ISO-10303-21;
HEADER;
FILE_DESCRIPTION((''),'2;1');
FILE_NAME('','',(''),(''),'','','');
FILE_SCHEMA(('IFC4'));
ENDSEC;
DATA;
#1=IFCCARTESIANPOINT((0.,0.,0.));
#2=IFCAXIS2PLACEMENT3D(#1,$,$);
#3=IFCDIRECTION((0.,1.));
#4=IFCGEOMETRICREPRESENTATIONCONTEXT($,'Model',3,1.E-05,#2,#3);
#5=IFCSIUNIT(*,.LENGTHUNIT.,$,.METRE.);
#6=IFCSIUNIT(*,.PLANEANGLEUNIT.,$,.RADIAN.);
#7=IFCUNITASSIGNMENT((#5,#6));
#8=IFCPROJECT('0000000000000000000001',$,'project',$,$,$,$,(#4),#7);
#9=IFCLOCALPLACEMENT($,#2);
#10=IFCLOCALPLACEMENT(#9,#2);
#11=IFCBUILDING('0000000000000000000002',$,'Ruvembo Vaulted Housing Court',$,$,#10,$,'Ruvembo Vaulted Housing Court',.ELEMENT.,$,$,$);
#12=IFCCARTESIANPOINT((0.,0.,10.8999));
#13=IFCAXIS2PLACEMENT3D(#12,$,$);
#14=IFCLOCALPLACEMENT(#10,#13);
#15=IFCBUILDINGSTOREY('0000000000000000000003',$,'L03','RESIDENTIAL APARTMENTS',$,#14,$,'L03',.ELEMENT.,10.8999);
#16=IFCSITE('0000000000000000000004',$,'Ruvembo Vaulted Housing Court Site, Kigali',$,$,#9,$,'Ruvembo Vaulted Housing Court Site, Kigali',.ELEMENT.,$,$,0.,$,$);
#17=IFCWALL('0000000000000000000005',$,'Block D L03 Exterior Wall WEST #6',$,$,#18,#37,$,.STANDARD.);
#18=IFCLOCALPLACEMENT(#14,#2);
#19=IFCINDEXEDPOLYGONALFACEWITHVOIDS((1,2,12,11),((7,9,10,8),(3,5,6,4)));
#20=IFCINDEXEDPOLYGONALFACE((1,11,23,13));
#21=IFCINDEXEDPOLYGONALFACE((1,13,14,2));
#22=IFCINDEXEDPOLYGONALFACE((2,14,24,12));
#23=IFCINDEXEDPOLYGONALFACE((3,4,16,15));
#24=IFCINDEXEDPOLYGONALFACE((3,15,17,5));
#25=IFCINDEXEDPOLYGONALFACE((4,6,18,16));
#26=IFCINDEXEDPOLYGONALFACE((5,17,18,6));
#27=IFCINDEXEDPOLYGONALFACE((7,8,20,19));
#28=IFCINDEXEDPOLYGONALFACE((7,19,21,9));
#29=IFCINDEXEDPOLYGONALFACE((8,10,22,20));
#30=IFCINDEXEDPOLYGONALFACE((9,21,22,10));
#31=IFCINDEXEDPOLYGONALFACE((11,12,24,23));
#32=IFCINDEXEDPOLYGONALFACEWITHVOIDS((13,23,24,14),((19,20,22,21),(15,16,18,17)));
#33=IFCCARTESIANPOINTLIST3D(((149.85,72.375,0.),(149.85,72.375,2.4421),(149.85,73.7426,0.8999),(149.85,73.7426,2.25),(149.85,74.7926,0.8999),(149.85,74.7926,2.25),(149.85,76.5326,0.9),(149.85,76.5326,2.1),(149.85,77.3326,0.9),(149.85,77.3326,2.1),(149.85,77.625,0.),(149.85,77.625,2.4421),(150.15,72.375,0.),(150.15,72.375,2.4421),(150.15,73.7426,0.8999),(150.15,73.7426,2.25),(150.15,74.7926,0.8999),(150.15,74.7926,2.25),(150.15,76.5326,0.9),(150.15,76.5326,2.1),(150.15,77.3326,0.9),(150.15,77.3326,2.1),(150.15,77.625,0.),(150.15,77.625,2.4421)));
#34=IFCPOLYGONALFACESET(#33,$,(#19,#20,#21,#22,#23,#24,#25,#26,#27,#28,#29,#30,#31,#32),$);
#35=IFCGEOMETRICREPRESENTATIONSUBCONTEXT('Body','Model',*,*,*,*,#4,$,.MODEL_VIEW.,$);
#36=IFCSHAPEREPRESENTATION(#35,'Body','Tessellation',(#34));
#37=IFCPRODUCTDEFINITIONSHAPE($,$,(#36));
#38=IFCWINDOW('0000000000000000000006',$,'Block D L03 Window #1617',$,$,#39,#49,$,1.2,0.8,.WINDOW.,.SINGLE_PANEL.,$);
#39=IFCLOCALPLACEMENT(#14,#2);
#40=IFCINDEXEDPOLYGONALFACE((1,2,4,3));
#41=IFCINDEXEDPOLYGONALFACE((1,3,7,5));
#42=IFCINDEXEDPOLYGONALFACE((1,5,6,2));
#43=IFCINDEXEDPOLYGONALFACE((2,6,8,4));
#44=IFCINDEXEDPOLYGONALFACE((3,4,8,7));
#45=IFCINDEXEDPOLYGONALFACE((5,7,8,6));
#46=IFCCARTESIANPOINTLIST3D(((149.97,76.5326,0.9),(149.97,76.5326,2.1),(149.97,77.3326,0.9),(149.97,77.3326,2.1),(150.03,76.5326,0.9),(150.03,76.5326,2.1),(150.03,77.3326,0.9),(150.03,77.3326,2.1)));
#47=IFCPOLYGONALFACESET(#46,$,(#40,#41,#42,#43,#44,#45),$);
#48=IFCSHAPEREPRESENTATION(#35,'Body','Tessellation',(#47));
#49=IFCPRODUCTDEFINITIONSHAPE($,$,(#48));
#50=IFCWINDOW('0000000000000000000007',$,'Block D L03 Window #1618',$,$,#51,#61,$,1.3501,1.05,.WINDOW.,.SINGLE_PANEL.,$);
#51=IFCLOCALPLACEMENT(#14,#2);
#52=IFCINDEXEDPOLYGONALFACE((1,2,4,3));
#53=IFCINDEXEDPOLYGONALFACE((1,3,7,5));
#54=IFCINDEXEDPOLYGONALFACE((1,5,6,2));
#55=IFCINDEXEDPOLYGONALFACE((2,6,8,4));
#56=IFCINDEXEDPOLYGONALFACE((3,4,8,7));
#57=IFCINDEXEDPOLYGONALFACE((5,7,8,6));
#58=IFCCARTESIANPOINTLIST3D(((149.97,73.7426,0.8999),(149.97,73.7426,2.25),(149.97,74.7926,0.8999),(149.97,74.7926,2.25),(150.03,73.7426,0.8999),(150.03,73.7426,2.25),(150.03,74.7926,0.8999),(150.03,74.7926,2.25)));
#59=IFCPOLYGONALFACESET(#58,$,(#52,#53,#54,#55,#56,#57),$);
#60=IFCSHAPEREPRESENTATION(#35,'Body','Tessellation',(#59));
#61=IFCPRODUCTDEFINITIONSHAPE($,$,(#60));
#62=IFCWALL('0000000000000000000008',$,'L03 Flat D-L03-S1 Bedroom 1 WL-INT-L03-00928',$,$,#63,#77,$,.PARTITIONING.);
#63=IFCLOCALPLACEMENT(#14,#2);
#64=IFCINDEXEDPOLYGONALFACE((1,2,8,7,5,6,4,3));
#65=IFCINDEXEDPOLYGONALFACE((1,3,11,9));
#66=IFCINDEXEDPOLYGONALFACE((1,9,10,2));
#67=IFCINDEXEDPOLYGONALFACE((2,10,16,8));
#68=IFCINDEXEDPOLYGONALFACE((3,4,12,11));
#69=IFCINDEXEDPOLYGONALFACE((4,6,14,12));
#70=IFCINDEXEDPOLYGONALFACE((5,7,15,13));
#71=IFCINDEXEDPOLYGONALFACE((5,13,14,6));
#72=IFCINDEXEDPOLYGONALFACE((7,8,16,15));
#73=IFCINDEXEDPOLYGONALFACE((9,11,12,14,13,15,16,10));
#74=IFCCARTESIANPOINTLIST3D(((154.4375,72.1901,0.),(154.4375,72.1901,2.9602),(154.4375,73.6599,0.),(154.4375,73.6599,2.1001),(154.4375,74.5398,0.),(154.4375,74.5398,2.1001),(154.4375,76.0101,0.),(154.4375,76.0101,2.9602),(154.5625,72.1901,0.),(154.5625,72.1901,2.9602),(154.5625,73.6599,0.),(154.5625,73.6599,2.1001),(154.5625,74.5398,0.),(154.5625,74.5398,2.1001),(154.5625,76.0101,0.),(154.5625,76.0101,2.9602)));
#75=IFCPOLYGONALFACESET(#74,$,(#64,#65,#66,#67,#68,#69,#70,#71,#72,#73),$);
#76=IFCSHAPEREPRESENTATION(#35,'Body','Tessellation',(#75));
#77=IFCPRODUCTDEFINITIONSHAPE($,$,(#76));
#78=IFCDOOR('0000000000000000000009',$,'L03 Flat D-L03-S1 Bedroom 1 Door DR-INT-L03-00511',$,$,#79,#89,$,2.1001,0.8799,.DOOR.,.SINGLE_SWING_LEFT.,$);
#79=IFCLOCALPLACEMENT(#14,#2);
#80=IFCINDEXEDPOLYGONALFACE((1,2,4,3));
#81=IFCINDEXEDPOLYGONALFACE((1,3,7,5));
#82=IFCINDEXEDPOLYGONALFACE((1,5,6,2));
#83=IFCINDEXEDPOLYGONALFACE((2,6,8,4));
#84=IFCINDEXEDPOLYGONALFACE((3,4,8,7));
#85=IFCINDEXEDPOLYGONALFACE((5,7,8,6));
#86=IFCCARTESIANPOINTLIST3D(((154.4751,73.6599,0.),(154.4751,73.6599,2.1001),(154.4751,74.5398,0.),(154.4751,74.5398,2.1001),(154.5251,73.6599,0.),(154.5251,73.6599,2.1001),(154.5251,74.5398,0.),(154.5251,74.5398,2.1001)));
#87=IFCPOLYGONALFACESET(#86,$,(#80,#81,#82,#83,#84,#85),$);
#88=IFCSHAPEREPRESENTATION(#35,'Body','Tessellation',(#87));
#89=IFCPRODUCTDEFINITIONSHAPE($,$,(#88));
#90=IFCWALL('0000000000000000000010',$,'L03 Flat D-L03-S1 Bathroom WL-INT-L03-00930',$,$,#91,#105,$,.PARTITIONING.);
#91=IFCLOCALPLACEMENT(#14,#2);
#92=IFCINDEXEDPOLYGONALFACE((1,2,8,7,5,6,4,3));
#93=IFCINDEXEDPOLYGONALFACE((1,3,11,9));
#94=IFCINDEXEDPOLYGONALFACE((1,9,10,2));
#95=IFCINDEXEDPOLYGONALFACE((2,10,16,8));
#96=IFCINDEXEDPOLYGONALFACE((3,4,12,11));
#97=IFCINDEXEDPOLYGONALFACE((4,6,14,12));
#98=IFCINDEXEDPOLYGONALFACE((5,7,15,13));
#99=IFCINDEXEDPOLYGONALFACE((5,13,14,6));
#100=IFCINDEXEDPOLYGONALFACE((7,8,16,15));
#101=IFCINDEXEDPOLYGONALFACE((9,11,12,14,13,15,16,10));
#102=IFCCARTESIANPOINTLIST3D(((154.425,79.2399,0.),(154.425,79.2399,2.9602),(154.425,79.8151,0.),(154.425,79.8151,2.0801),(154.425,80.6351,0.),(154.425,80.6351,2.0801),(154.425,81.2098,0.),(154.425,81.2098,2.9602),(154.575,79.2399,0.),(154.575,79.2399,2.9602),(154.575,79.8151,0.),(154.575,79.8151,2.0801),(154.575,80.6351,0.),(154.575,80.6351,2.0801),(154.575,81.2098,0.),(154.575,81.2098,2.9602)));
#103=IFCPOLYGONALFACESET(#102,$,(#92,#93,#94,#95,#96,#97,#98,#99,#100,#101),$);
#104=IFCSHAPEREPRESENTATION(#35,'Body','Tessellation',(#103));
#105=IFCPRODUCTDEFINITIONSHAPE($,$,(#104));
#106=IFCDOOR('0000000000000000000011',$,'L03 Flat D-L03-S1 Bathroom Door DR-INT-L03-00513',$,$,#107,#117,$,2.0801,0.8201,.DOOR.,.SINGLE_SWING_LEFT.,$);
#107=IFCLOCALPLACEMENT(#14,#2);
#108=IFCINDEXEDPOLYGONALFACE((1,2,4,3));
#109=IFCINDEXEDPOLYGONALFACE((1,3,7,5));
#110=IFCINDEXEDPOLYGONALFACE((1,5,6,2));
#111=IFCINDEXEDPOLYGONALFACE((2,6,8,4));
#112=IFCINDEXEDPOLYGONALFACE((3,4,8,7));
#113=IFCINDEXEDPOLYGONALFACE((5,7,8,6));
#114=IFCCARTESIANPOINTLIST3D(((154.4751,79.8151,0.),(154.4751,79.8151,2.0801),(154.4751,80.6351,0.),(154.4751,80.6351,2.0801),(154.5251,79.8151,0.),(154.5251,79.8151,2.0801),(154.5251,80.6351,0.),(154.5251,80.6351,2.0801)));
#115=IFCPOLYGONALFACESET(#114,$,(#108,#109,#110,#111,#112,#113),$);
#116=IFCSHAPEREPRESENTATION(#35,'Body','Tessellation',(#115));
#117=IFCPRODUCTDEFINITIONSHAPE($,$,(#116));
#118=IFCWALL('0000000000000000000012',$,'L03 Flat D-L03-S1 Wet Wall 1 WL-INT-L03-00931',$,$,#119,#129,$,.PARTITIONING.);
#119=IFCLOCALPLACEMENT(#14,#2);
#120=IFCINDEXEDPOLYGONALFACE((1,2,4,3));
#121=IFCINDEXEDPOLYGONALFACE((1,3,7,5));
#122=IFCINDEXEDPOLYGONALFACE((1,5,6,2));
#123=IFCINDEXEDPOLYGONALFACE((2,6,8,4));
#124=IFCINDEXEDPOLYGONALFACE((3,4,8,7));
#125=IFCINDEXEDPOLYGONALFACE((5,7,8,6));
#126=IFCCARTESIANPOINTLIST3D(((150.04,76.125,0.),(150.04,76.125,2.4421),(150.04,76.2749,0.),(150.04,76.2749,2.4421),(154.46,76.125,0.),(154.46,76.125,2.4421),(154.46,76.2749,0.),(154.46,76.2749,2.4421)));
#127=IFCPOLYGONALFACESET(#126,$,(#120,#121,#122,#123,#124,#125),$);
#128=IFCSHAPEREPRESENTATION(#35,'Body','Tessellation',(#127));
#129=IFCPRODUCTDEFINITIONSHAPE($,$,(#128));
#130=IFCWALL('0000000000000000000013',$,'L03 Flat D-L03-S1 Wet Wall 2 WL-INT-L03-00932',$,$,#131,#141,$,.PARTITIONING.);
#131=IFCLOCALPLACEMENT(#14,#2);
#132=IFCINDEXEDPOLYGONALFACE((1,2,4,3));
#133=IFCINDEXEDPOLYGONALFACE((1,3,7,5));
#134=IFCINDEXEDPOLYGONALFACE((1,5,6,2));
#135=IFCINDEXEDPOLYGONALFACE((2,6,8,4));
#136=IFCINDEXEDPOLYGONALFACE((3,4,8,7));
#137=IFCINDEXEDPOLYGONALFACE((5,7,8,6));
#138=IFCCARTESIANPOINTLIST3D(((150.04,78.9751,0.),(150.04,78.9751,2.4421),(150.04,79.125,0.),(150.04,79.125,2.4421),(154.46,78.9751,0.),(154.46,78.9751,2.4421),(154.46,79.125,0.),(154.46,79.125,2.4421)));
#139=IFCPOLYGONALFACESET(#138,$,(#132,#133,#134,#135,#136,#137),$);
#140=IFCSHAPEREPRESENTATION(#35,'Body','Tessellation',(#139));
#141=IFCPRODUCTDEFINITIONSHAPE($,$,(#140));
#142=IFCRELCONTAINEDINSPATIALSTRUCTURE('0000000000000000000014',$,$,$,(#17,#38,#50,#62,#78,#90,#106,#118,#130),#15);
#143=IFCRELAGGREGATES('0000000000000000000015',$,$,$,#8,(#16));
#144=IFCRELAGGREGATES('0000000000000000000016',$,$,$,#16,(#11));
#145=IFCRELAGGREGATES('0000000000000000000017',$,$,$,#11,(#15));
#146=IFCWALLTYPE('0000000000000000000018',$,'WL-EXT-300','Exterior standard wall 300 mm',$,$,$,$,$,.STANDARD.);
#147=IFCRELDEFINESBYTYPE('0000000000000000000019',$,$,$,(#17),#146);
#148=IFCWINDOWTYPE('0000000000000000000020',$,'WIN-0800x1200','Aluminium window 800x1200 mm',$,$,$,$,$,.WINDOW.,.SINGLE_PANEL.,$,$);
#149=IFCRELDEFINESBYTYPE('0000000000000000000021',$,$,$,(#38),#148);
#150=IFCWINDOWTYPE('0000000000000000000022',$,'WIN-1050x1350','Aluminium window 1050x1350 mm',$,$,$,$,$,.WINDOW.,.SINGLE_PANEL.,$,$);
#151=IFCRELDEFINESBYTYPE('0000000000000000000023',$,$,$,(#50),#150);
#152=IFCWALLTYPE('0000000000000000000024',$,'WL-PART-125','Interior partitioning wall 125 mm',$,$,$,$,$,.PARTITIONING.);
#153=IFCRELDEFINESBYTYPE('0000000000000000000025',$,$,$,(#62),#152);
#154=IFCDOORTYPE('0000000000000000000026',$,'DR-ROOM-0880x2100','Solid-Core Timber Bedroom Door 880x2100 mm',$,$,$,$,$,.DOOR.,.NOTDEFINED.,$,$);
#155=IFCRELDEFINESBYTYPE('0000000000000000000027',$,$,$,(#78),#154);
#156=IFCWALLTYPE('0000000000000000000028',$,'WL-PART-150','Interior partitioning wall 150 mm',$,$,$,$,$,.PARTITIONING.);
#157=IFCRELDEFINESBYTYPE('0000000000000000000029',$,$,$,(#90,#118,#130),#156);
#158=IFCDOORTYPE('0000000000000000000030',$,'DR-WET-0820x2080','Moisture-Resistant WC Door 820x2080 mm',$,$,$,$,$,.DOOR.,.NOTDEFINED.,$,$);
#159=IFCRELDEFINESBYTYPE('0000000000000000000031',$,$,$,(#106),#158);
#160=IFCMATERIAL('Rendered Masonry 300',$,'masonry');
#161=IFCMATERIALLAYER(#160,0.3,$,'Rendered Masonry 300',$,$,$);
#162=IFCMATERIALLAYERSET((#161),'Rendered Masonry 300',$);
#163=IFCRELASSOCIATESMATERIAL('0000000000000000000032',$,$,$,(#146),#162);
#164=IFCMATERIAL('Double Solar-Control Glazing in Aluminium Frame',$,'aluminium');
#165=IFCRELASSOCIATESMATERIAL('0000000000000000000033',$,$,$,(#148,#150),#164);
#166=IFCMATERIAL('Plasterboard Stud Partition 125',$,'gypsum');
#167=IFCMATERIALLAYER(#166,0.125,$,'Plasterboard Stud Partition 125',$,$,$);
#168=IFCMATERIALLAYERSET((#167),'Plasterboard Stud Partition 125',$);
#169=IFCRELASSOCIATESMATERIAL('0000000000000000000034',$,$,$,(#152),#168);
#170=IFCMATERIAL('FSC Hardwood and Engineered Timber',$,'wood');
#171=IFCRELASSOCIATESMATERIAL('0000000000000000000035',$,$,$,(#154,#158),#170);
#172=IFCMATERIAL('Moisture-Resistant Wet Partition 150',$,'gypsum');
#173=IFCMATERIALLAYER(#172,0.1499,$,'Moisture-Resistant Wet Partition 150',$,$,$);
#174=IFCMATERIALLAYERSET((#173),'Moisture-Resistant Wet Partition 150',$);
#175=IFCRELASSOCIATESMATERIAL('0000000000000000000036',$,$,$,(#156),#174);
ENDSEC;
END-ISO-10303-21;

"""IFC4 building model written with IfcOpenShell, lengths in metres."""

from ifc_helpers import new_model, si_unit, direction, frame, frame_2d, origin, place, context, subcontext, project, spatial, rectangle, extrude, material, layer, layer_set, type_object, element, fill, save


model = new_model("IFC4")

# Units and contexts
model_context = context("Model", 3, precision=1e-05, world=origin(), true_north=direction((0.0, 1.0)))
body_context = subcontext(model_context, "Body", "Model", "MODEL_VIEW")
ifc_project = project(units=[si_unit("LENGTHUNIT", "METRE"), si_unit("PLANEANGLEUNIT", "RADIAN")], contexts=[model_context])

# Site, building, storey
site_placement = place(None, origin())
site = spatial("IfcSite", under=ifc_project, at=site_placement, Name="Ruvembo Vaulted Housing Court Site, Kigali", LongName="Ruvembo Vaulted Housing Court Site, Kigali", CompositionType="ELEMENT", RefElevation=0.0)
building_placement = place(site_placement, origin())
building = spatial("IfcBuilding", under=site, at=building_placement, Name="Ruvembo Vaulted Housing Court", LongName="Ruvembo Vaulted Housing Court", CompositionType="ELEMENT")
storey_placement = place(building_placement, frame((0.0, 0.0, 10.8999)))
storey = spatial("IfcBuildingStorey", under=building, at=storey_placement, Name="L03", Description="RESIDENTIAL APARTMENTS", LongName="L03", CompositionType="ELEMENT", Elevation=10.8999)

# Shared definitions
ifc_material_1 = material(Name="FSC Hardwood and Engineered Timber", Category="wood")

# Wall, openings, windows
ifc_material_2 = material(Name="Rendered Masonry 300", Category="masonry")
ifc_layer_1 = layer(ifc_material_2, 0.3, Name="Rendered Masonry 300")
ifc_layer_set_1 = layer_set([ifc_layer_1], Name="Rendered Masonry 300")
wall_type_1 = type_object("IfcWallType", Name="WL-EXT-300", Description="Exterior standard wall 300 mm", PredefinedType="STANDARD", material=ifc_layer_set_1)
ifc_material_3 = material(Name="Double Solar-Control Glazing in Aluminium Frame", Category="aluminium")
wall_1_placement = place(storey_placement, frame((150.0, 77.625, 0.0), z_axis=(0.0, 0.0, 1.0), x_axis=(0.0, -1.0, 0.0)))
wall_1 = element("IfcWall", 1, at=wall_1_placement, inside=storey, type_object=wall_type_1, Name="Block D L03 Exterior Wall WEST #6", PredefinedType="STANDARD", context=body_context, shape_type="SweptSolid", body=[
    extrude(rectangle(XDim=5.25, YDim=0.3, at=frame_2d((2.625, 0.0))), origin(), (0.0, 0.0, 1.0), 2.4421),
])
opening_1_placement = place(wall_1_placement, frame((0.2925, 0.0, 0.8999)))
opening_1 = element("IfcOpeningElement", 2, at=opening_1_placement, cuts=wall_1, PredefinedType="OPENING", context=body_context, shape_type="SweptSolid", body=[
    extrude(rectangle(XDim=0.8, YDim=1.2, at=frame_2d((0.3999, 0.6001))), frame((0.0, 0.1599, 0.0), z_axis=(0.0, -1.0, 0.0), x_axis=(1.0, 0.0, 0.0)), (0.0, 0.0, 1.0), 0.3201),
])
opening_2_placement = place(wall_1_placement, frame((2.8325, 0.0, 0.8999)))
opening_2 = element("IfcOpeningElement", 3, at=opening_2_placement, cuts=wall_1, PredefinedType="OPENING", context=body_context, shape_type="SweptSolid", body=[
    extrude(rectangle(XDim=1.05, YDim=1.3501, at=frame_2d((0.5249, 0.675))), frame((0.0, 0.1599, 0.0), z_axis=(0.0, -1.0, 0.0), x_axis=(1.0, 0.0, 0.0)), (0.0, 0.0, 1.0), 0.3201),
])
window_type_1 = type_object("IfcWindowType", Name="WIN-0800x1200", Description="Aluminium window 800x1200 mm", PartitioningType="SINGLE_PANEL", PredefinedType="WINDOW", material=ifc_material_3)
window_1_placement = place(opening_1_placement, origin())
window_1 = element("IfcWindow", 4, at=window_1_placement, inside=storey, type_object=window_type_1, Name="Block D L03 Window #1617", OverallHeight=1.2, OverallWidth=0.8, PartitioningType="SINGLE_PANEL", PredefinedType="WINDOW", context=body_context, shape_type="SweptSolid", body=[
    extrude(rectangle(XDim=0.8, YDim=1.2, at=frame_2d((0.3999, 0.6001))), frame((0.0, 0.03, 0.0), z_axis=(0.0, -1.0, 0.0), x_axis=(1.0, 0.0, 0.0)), (0.0, 0.0, 1.0), 0.0601),
])
fill(opening_1, window_1)
window_type_2 = type_object("IfcWindowType", Name="WIN-1050x1350", Description="Aluminium window 1050x1350 mm", PartitioningType="SINGLE_PANEL", PredefinedType="WINDOW", material=ifc_material_3)
window_2_placement = place(opening_2_placement, origin())
window_2 = element("IfcWindow", 5, at=window_2_placement, inside=storey, type_object=window_type_2, Name="Block D L03 Window #1618", OverallHeight=1.3501, OverallWidth=1.05, PartitioningType="SINGLE_PANEL", PredefinedType="WINDOW", context=body_context, shape_type="SweptSolid", body=[
    extrude(rectangle(XDim=1.05, YDim=1.3501, at=frame_2d((0.5249, 0.675))), frame((0.0, 0.03, 0.0), z_axis=(0.0, -1.0, 0.0), x_axis=(1.0, 0.0, 0.0)), (0.0, 0.0, 1.0), 0.0601),
])
fill(opening_2, window_2)

# Walls, openings, doors
ifc_material_4 = material(Name="Plasterboard Stud Partition 125", Category="gypsum")
ifc_layer_2 = layer(ifc_material_4, 0.125, Name="Plasterboard Stud Partition 125")
ifc_layer_set_2 = layer_set([ifc_layer_2], Name="Plasterboard Stud Partition 125")
wall_type_2 = type_object("IfcWallType", Name="WL-PART-125", Description="Interior partitioning wall 125 mm", PredefinedType="PARTITIONING", material=ifc_layer_set_2)
wall_2_placement = place(storey_placement, frame((154.5, 72.1899, 0.0), z_axis=(0.0, 0.0, 1.0), x_axis=(0.0, 1.0, 0.0)))
wall_2 = element("IfcWall", 6, at=wall_2_placement, inside=storey, type_object=wall_type_2, Name="L03 Flat D-L03-S1 Bedroom 1 WL-INT-L03-00928", PredefinedType="PARTITIONING", context=body_context, shape_type="SweptSolid", body=[
    extrude(rectangle(XDim=3.8201, YDim=0.125, at=frame_2d((1.9102, 0.0))), origin(), (0.0, 0.0, 1.0), 2.9602),
])
opening_3_placement = place(wall_2_placement, frame((1.47, 0.0, 0.0)))
opening_3 = element("IfcOpeningElement", 7, at=opening_3_placement, cuts=wall_2, PredefinedType="OPENING", context=body_context, shape_type="SweptSolid", body=[
    extrude(rectangle(XDim=0.8799, YDim=2.1001, at=frame_2d((0.4399, 1.05))), frame((0.0, 0.0725, 0.0), z_axis=(0.0, -1.0, 0.0), x_axis=(1.0, 0.0, 0.0)), (0.0, 0.0, 1.0), 0.145),
])
door_type_1 = type_object("IfcDoorType", Name="DR-ROOM-0880x2100", Description="Solid-Core Timber Bedroom Door 880x2100 mm", OperationType="NOTDEFINED", PredefinedType="DOOR", material=ifc_material_1)
door_1_placement = place(opening_3_placement, origin())
door_1 = element("IfcDoor", 8, at=door_1_placement, inside=storey, type_object=door_type_1, Name="L03 Flat D-L03-S1 Bedroom 1 Door DR-INT-L03-00511", OperationType="SINGLE_SWING_LEFT", OverallHeight=2.1001, OverallWidth=0.8799, PredefinedType="DOOR", context=body_context, shape_type="SweptSolid", body=[
    extrude(rectangle(XDim=0.8799, YDim=2.1001, at=frame_2d((0.4399, 1.05))), frame((0.0, 0.0249, 0.0), z_axis=(0.0, -1.0, 0.0), x_axis=(1.0, 0.0, 0.0)), (0.0, 0.0, 1.0), 0.05),
])
fill(opening_3, door_1)
ifc_material_5 = material(Name="Moisture-Resistant Wet Partition 150", Category="gypsum")
ifc_layer_3 = layer(ifc_material_5, 0.1499, Name="Moisture-Resistant Wet Partition 150")
ifc_layer_set_3 = layer_set([ifc_layer_3], Name="Moisture-Resistant Wet Partition 150")
wall_type_3 = type_object("IfcWallType", Name="WL-PART-150", Description="Interior partitioning wall 150 mm", PredefinedType="PARTITIONING", material=ifc_layer_set_3)
wall_3_placement = place(storey_placement, frame((154.5, 79.24, 0.0), z_axis=(0.0, 0.0, 1.0), x_axis=(0.0, 1.0, 0.0)))
wall_3 = element("IfcWall", 9, at=wall_3_placement, inside=storey, type_object=wall_type_3, Name="L03 Flat D-L03-S1 Bathroom WL-INT-L03-00930", PredefinedType="PARTITIONING", context=body_context, shape_type="SweptSolid", body=[
    extrude(rectangle(XDim=1.97, YDim=0.1499, at=frame_2d((0.9849, 0.0))), origin(), (0.0, 0.0, 1.0), 2.9602),
])
opening_4_placement = place(wall_3_placement, frame((0.575, 0.0, 0.0)))
opening_4 = element("IfcOpeningElement", 10, at=opening_4_placement, cuts=wall_3, PredefinedType="OPENING", context=body_context, shape_type="SweptSolid", body=[
    extrude(rectangle(XDim=0.8201, YDim=2.0801, at=frame_2d((0.4102, 1.04))), frame((0.0, 0.085, 0.0), z_axis=(0.0, -1.0, 0.0), x_axis=(1.0, 0.0, 0.0)), (0.0, 0.0, 1.0), 0.1699),
])
door_type_2 = type_object("IfcDoorType", Name="DR-WET-0820x2080", Description="Moisture-Resistant WC Door 820x2080 mm", OperationType="NOTDEFINED", PredefinedType="DOOR", material=ifc_material_1)
door_2_placement = place(opening_4_placement, origin())
door_2 = element("IfcDoor", 11, at=door_2_placement, inside=storey, type_object=door_type_2, Name="L03 Flat D-L03-S1 Bathroom Door DR-INT-L03-00513", OperationType="SINGLE_SWING_LEFT", OverallHeight=2.0801, OverallWidth=0.8201, PredefinedType="DOOR", context=body_context, shape_type="SweptSolid", body=[
    extrude(rectangle(XDim=0.8201, YDim=2.0801, at=frame_2d((0.4102, 1.04))), frame((0.0, 0.0249, 0.0), z_axis=(0.0, -1.0, 0.0), x_axis=(1.0, 0.0, 0.0)), (0.0, 0.0, 1.0), 0.05),
])
fill(opening_4, door_2)

# Walls
for number, where, z_axis, x_axis, name in (
    (12, (150.04, 76.2, 0.0), (0.0, 0.0, 1.0), (1.0, 0.0, 0.0), "L03 Flat D-L03-S1 Wet Wall 1 WL-INT-L03-00931"),
    (13, (150.04, 79.05, 0.0), (0.0, 0.0, 1.0), (1.0, 0.0, 0.0), "L03 Flat D-L03-S1 Wet Wall 2 WL-INT-L03-00932"),
):
    element("IfcWall", number, at=place(storey_placement, frame(where, z_axis=z_axis, x_axis=x_axis)), inside=storey, type_object=wall_type_3, Name=name, PredefinedType="PARTITIONING", context=body_context, shape_type="SweptSolid", body=[
        extrude(rectangle(XDim=4.4199, YDim=0.1499, at=frame_2d((2.21, 0.0))), origin(), (0.0, 0.0, 1.0), 2.4421),
    ])

save(model, "model.ifc")
